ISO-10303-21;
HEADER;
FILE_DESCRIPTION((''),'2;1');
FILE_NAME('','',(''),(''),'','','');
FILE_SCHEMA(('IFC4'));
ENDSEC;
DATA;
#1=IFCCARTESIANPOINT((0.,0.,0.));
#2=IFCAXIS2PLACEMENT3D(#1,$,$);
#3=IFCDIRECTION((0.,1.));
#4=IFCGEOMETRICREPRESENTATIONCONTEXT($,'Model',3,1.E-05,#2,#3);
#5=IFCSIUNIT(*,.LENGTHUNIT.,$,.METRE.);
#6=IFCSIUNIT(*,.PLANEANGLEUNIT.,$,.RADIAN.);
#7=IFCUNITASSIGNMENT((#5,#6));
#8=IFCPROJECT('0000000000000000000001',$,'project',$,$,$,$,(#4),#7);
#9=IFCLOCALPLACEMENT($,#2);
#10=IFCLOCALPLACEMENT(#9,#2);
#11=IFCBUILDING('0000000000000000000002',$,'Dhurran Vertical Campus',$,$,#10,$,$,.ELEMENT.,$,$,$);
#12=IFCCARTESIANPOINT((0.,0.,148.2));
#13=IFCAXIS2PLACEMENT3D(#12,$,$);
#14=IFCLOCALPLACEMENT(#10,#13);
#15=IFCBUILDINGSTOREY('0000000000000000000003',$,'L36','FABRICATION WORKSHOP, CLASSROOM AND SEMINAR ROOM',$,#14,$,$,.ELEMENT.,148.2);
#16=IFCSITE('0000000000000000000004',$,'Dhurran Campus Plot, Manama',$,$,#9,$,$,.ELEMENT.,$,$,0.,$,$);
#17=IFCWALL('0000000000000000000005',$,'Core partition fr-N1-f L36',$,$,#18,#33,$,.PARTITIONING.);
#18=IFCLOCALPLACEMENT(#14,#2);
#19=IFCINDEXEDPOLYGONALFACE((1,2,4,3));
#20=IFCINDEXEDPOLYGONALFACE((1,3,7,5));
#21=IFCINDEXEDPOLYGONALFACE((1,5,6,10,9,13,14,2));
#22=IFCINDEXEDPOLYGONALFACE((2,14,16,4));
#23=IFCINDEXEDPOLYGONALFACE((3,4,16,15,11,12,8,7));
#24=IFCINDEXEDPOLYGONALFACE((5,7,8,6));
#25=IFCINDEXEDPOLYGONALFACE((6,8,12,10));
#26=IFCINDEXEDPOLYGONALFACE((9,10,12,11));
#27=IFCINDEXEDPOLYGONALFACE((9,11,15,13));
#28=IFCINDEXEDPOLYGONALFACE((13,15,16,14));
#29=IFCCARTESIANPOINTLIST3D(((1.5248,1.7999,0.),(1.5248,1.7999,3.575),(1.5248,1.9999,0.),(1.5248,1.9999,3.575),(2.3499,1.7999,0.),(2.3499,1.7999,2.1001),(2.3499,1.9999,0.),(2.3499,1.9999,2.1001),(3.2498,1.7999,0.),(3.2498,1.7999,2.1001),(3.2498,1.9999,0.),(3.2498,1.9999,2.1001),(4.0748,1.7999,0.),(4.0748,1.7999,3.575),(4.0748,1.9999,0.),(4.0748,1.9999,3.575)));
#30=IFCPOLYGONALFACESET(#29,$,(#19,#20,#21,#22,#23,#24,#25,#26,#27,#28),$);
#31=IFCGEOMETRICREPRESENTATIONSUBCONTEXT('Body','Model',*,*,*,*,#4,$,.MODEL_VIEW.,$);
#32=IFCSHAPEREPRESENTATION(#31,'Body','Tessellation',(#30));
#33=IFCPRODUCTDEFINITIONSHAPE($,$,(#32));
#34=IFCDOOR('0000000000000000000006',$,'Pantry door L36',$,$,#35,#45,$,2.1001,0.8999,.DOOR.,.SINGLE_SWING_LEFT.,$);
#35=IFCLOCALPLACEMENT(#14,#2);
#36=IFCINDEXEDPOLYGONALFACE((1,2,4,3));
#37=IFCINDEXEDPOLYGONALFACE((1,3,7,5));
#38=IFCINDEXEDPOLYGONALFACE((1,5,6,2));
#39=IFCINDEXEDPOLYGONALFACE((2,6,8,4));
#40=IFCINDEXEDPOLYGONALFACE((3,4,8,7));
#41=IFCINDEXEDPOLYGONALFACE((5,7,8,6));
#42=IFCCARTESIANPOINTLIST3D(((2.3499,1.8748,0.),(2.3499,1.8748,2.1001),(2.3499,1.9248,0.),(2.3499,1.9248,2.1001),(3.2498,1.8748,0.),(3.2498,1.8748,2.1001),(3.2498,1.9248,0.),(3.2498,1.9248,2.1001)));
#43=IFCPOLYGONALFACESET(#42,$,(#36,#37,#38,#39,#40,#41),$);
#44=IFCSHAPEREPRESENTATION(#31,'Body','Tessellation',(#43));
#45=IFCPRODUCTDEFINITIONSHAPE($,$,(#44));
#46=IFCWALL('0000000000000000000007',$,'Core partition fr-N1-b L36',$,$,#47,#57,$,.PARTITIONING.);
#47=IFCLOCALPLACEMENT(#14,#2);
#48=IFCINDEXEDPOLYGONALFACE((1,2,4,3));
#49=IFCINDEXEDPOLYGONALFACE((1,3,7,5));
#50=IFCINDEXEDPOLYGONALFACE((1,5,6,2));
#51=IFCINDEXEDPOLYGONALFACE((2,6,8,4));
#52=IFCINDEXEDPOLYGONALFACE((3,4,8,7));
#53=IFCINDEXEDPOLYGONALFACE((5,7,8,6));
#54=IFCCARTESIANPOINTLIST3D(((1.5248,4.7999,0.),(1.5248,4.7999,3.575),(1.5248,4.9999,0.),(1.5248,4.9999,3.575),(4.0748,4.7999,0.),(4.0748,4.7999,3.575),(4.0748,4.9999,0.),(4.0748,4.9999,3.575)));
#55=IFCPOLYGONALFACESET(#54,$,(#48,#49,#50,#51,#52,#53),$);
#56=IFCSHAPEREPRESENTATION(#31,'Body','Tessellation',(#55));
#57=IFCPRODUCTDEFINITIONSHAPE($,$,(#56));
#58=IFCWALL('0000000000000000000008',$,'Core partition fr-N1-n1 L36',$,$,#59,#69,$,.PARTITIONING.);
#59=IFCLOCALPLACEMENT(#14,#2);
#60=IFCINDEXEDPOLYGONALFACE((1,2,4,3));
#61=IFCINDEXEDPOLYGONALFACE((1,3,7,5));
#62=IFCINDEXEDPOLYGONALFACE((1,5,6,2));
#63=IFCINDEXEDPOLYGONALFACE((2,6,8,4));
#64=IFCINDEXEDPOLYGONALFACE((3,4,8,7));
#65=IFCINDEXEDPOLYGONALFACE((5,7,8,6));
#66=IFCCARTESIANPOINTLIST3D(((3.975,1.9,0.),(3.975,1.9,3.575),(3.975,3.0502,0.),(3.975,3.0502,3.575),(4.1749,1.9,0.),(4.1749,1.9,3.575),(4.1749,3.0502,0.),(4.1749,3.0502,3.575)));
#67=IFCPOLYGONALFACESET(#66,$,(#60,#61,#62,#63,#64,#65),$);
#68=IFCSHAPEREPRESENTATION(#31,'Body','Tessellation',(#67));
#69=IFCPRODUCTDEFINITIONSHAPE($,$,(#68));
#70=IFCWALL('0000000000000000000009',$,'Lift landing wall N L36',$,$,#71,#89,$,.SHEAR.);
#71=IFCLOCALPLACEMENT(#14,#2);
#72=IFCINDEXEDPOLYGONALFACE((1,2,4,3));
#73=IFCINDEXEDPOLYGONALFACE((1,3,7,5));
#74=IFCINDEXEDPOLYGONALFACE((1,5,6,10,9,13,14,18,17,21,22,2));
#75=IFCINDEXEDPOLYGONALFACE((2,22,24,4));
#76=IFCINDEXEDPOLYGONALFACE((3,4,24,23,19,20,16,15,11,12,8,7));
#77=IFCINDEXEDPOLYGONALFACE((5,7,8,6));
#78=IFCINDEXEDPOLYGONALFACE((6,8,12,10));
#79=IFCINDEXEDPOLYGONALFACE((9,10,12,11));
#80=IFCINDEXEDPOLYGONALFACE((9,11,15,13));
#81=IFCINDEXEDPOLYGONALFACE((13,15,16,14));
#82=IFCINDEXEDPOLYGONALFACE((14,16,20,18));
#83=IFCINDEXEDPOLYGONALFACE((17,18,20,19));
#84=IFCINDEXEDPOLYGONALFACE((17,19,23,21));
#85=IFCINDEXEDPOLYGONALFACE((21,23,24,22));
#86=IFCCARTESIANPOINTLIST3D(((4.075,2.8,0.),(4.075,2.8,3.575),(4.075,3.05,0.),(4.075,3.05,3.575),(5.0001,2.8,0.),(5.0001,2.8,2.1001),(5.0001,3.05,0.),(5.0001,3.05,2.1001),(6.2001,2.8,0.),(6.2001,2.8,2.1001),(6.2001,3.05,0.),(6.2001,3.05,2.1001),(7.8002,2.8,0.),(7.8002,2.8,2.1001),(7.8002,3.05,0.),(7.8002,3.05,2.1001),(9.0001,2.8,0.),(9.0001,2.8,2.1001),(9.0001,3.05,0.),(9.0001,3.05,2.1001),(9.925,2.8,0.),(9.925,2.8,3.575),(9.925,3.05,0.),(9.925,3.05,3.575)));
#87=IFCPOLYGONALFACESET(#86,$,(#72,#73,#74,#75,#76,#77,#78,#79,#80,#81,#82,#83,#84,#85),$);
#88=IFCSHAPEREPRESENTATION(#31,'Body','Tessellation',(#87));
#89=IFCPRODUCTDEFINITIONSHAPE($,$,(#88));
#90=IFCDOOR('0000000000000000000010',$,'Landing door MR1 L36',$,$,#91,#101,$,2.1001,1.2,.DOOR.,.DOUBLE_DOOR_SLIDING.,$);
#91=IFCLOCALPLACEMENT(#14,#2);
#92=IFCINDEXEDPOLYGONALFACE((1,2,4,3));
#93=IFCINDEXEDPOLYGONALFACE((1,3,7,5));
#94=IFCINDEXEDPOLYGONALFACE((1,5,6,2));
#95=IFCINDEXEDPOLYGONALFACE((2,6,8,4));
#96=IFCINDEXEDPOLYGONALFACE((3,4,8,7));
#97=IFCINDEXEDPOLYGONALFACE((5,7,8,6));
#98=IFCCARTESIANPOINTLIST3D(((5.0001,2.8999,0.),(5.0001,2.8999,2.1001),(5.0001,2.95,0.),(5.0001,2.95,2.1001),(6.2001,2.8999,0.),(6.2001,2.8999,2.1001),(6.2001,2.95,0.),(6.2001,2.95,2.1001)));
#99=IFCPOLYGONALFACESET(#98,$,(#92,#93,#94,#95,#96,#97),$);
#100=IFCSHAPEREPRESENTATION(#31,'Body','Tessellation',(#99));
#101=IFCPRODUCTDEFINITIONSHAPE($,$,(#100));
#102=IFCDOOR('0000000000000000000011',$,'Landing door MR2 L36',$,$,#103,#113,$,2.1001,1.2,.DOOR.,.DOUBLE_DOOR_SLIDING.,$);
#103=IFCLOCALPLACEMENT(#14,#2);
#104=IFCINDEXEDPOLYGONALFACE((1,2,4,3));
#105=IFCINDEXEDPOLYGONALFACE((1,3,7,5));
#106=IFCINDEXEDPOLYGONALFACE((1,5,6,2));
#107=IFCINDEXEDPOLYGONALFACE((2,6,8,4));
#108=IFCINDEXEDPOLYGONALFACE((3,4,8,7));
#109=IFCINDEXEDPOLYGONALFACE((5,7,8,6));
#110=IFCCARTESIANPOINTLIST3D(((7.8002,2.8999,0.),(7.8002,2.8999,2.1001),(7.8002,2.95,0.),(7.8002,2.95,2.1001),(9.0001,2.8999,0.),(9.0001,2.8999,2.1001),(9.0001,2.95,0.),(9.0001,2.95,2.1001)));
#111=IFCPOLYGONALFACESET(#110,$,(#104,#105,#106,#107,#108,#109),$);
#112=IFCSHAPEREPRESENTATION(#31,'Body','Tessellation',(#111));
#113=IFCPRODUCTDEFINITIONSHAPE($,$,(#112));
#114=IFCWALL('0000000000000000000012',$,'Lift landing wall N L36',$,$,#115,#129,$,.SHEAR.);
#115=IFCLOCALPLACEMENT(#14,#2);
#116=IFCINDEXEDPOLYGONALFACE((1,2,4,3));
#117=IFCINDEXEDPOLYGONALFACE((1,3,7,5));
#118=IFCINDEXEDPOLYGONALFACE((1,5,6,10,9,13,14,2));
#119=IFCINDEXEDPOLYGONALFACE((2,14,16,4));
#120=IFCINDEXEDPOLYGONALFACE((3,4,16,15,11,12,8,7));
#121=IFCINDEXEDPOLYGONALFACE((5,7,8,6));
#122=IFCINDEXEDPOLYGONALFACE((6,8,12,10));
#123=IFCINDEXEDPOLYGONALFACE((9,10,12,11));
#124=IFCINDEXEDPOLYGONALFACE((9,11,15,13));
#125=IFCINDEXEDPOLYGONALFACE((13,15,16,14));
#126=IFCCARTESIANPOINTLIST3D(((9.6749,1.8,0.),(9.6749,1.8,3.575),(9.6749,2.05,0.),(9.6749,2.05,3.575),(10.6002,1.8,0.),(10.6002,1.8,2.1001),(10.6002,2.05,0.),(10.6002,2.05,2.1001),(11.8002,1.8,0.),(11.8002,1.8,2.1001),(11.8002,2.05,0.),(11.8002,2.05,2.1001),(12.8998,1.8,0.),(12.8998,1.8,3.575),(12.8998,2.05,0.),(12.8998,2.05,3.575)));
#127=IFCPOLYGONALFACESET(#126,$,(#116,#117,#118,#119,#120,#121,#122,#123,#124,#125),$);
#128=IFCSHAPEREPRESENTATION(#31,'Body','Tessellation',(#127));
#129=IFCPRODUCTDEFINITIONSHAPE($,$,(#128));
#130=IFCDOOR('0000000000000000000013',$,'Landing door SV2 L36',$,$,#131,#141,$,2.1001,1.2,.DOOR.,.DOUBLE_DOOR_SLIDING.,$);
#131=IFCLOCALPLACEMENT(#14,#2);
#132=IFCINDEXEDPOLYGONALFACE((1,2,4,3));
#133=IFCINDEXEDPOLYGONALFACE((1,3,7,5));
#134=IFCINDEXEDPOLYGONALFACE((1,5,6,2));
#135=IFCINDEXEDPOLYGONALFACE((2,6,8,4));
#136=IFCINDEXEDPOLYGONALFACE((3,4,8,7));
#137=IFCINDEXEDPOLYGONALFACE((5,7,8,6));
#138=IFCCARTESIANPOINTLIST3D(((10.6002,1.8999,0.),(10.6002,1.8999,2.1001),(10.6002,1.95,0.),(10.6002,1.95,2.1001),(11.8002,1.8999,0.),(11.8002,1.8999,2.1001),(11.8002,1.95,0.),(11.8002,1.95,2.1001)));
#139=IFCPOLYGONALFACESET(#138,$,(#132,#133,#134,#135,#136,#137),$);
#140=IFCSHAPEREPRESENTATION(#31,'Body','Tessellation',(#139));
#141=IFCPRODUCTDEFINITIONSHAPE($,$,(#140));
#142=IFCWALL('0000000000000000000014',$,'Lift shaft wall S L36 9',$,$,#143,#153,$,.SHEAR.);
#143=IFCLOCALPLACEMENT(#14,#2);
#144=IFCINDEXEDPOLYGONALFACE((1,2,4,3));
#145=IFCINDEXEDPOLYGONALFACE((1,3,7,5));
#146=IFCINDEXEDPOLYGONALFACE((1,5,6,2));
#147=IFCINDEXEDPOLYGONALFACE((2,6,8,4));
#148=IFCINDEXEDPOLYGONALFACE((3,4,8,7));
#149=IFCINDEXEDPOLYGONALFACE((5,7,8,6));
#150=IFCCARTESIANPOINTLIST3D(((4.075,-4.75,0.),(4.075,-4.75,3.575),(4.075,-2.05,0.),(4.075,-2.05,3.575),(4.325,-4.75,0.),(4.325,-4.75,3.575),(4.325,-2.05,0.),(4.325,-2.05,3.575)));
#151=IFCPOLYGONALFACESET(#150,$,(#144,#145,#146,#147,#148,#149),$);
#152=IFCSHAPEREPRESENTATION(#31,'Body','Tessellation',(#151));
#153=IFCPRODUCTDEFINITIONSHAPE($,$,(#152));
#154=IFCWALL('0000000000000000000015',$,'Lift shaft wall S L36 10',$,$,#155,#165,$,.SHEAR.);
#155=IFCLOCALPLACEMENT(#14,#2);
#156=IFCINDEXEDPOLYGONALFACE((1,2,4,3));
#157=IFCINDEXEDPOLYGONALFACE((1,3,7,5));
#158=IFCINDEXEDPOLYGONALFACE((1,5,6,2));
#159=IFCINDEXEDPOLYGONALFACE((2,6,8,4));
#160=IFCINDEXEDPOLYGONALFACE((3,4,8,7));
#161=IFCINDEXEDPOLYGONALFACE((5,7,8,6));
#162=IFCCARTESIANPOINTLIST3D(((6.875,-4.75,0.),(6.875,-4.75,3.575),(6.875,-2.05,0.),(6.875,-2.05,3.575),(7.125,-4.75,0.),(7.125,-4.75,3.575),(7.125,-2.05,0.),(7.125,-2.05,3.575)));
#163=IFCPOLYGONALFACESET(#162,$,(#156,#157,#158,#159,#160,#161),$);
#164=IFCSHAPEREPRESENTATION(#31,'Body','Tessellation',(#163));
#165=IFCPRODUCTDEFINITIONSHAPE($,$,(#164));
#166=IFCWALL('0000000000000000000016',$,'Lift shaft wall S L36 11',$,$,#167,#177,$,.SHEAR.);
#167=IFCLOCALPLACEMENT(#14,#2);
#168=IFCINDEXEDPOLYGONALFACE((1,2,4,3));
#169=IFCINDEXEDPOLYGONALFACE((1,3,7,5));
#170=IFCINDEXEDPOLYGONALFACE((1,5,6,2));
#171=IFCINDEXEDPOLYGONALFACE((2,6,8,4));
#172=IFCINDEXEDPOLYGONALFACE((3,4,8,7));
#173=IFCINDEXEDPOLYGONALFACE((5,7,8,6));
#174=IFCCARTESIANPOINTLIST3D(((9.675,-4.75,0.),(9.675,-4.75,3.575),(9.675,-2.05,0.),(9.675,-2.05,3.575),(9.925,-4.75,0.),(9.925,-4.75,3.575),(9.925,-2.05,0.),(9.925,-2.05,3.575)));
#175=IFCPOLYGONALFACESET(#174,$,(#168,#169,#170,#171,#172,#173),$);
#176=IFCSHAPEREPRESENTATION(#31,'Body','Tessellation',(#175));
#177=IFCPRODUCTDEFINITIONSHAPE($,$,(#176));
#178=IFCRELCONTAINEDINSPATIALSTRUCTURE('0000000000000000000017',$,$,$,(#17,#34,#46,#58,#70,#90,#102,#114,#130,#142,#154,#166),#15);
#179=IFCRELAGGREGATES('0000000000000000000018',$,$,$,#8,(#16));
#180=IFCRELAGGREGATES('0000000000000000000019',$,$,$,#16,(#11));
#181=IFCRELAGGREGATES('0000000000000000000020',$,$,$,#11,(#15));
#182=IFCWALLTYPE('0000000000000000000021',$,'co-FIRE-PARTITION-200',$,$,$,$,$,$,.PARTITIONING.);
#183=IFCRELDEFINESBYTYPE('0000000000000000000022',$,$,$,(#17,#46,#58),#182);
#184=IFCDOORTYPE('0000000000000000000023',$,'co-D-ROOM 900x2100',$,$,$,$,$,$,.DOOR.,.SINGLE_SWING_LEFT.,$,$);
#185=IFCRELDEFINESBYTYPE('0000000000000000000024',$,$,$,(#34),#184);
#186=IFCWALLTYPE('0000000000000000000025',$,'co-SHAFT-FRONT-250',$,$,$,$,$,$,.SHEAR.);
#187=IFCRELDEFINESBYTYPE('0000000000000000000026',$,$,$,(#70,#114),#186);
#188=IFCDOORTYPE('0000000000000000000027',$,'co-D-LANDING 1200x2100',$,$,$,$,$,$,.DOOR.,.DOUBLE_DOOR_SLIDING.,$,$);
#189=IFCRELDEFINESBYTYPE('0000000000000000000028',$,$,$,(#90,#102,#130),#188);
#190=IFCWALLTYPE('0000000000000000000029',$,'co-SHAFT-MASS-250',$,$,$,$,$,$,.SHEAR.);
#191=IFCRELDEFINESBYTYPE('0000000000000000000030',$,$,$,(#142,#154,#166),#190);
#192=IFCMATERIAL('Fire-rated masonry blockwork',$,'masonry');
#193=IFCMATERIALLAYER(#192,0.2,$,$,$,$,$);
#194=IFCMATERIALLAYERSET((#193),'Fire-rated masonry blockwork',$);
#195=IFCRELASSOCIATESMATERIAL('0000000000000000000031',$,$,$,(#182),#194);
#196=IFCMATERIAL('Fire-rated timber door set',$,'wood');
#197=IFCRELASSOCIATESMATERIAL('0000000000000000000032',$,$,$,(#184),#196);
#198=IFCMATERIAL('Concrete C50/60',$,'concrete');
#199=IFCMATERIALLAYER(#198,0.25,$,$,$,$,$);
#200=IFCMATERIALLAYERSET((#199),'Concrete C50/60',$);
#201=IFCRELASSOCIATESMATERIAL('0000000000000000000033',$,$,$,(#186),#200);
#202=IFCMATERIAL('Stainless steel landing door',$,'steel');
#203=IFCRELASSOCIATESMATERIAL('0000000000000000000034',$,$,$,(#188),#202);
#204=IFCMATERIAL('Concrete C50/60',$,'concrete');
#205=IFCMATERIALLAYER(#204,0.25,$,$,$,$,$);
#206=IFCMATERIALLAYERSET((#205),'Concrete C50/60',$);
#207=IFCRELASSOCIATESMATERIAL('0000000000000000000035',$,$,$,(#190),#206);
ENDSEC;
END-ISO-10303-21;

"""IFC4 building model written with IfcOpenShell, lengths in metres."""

from ifc_helpers import new_model, si_unit, direction, frame, frame_2d, origin, place, context, subcontext, project, spatial, polyline, rectangle, outline, extrude, material, layer, layer_set, type_object, element, fill, save


model = new_model("IFC4")

# Units and contexts
model_context = context("Model", 3, precision=1e-05, world=origin(), true_north=direction((0.0, 1.0)))
body_context = subcontext(model_context, "Body", "Model", "MODEL_VIEW")
ifc_project = project(units=[si_unit("LENGTHUNIT", "METRE"), si_unit("PLANEANGLEUNIT", "RADIAN")], contexts=[model_context])

# Site, building, storey
site_placement = place(None, origin())
site = spatial("IfcSite", under=ifc_project, at=site_placement, Name="Dhurran Campus Plot, Manama", CompositionType="ELEMENT", RefElevation=0.0)
building_placement = place(site_placement, origin())
building = spatial("IfcBuilding", under=site, at=building_placement, Name="Dhurran Vertical Campus", CompositionType="ELEMENT")
storey_placement = place(building_placement, frame((0.0, 0.0, 148.2)))
storey = spatial("IfcBuildingStorey", under=building, at=storey_placement, Name="L36", Description="FABRICATION WORKSHOP, CLASSROOM AND SEMINAR ROOM", CompositionType="ELEMENT", Elevation=148.2)

# Shared definitions
ifc_material_1 = material(Name="Fire-rated masonry blockwork", Category="masonry")
ifc_layer_1 = layer(ifc_material_1, 0.2)
ifc_layer_set_1 = layer_set([ifc_layer_1], Name="Fire-rated masonry blockwork")
wall_type_1 = type_object("IfcWallType", Name="co-FIRE-PARTITION-200", PredefinedType="PARTITIONING", material=ifc_layer_set_1)

# Shared definitions
ifc_material_2 = material(Name="Fire-rated timber door set", Category="wood")
door_type_1 = type_object("IfcDoorType", Name="co-D-ROOM 900x2100", OperationType="SINGLE_SWING_LEFT", PredefinedType="DOOR", material=ifc_material_2)

# Wall, opening, door
wall_1_placement = place(storey_placement, frame((1.5249, 1.8999, 0.0), z_axis=(0.0, 0.0, 1.0), x_axis=(1.0, 0.0, 0.0)))
wall_1 = element("IfcWall", 1, at=wall_1_placement, inside=storey, type_object=wall_type_1, Name="Core partition fr-N1-f L36", PredefinedType="PARTITIONING", context=body_context, shape_type="SweptSolid", body=[
    extrude(rectangle(XDim=2.55, YDim=0.2, at=frame_2d((1.2749, 0.0))), origin(), (0.0, 0.0, 1.0), 3.575),
])
opening_1_placement = place(wall_1_placement, frame((0.825, 0.0, 0.0)))
opening_1 = element("IfcOpeningElement", 2, at=opening_1_placement, cuts=wall_1, PredefinedType="OPENING", context=body_context, shape_type="SweptSolid", body=[
    extrude(rectangle(XDim=0.8999, YDim=2.1001, at=frame_2d((0.45, 1.05))), frame((0.0, 0.1099, 0.0), z_axis=(0.0, -1.0, 0.0), x_axis=(1.0, 0.0, 0.0)), (0.0, 0.0, 1.0), 0.22),
])
door_1_placement = place(opening_1_placement, origin())
door_1 = element("IfcDoor", 3, at=door_1_placement, inside=storey, type_object=door_type_1, Name="Pantry door L36", OperationType="SINGLE_SWING_LEFT", OverallHeight=2.1001, OverallWidth=0.8999, PredefinedType="DOOR", context=body_context, shape_type="SweptSolid", body=[
    extrude(rectangle(XDim=0.8999, YDim=2.1001, at=frame_2d((0.45, 1.05))), frame((0.0, 0.0249, 0.0), z_axis=(0.0, -1.0, 0.0), x_axis=(1.0, 0.0, 0.0)), (0.0, 0.0, 1.0), 0.05),
])
fill(opening_1, door_1)

# Walls
wall_2_placement = place(storey_placement, frame((1.5249, 4.8999, 0.0), z_axis=(0.0, 0.0, 1.0), x_axis=(1.0, 0.0, 0.0)))
element("IfcWall", 4, at=wall_2_placement, inside=storey, type_object=wall_type_1, Name="Core partition fr-N1-b L36", PredefinedType="PARTITIONING", context=body_context, shape_type="SweptSolid", body=[
    extrude(rectangle(XDim=2.55, YDim=0.2, at=frame_2d((1.2749, 0.0))), origin(), (0.0, 0.0, 1.0), 3.575),
])
wall_3_placement = place(storey_placement, frame((4.075, 1.8999, 0.0), z_axis=(0.0, 0.0, 1.0), x_axis=(0.0, 1.0, 0.0)))
element("IfcWall", 5, at=wall_3_placement, inside=storey, type_object=wall_type_1, Name="Core partition fr-N1-n1 L36", PredefinedType="PARTITIONING", context=body_context, shape_type="SweptSolid", body=[
    extrude(rectangle(XDim=1.1501, YDim=0.2, at=frame_2d((0.5752, 0.0))), origin(), (0.0, 0.0, 1.0), 3.575),
])

# Wall, openings, doors
ifc_material_3 = material(Name="Concrete C50/60", Category="concrete")
ifc_layer_2 = layer(ifc_material_3, 0.25)
ifc_layer_set_2 = layer_set([ifc_layer_2], Name="Concrete C50/60")
wall_type_2 = type_object("IfcWallType", Name="co-SHAFT-FRONT-250", PredefinedType="SHEAR", material=ifc_layer_set_2)
wall_4_placement = place(storey_placement, frame((4.075, 2.925, 0.0), z_axis=(0.0, 0.0, 1.0), x_axis=(1.0, 0.0, 0.0)))
wall_4 = element("IfcWall", 6, at=wall_4_placement, inside=storey, type_object=wall_type_2, Name="Lift landing wall N L36", PredefinedType="SHEAR", context=body_context, shape_type="SweptSolid", body=[
    extrude(rectangle(XDim=5.8501, YDim=0.25, at=frame_2d((2.925, 0.0))), origin(), (0.0, 0.0, 1.0), 3.575),
])
opening_2_placement = place(wall_4_placement, frame((0.925, 0.0, 0.0)))
opening_2 = element("IfcOpeningElement", 7, at=opening_2_placement, cuts=wall_4, PredefinedType="OPENING", context=body_context, shape_type="SweptSolid", body=[
    extrude(rectangle(XDim=1.2, YDim=2.1001, at=frame_2d((0.6001, 1.05))), frame((0.0, 0.135, 0.0), z_axis=(0.0, -1.0, 0.0), x_axis=(1.0, 0.0, 0.0)), (0.0, 0.0, 1.0), 0.27),
])
opening_3_placement = place(wall_4_placement, frame((3.7251, 0.0, 0.0)))
opening_3 = element("IfcOpeningElement", 8, at=opening_3_placement, cuts=wall_4, PredefinedType="OPENING", context=body_context, shape_type="SweptSolid", body=[
    extrude(rectangle(XDim=1.2, YDim=2.1001, at=frame_2d((0.6001, 1.05))), frame((0.0, 0.135, 0.0), z_axis=(0.0, -1.0, 0.0), x_axis=(1.0, 0.0, 0.0)), (0.0, 0.0, 1.0), 0.27),
])
ifc_material_4 = material(Name="Stainless steel landing door", Category="steel")
door_type_2 = type_object("IfcDoorType", Name="co-D-LANDING 1200x2100", OperationType="DOUBLE_DOOR_SLIDING", PredefinedType="DOOR", material=ifc_material_4)
door_2_placement = place(opening_2_placement, origin())
door_2 = element("IfcDoor", 9, at=door_2_placement, inside=storey, type_object=door_type_2, Name="Landing door MR1 L36", OperationType="DOUBLE_DOOR_SLIDING", OverallHeight=2.1001, OverallWidth=1.2, PredefinedType="DOOR", context=body_context, shape_type="SweptSolid", body=[
    extrude(rectangle(XDim=1.2, YDim=2.1001, at=frame_2d((0.6001, 1.05))), frame((0.0, 0.0249, 0.0), z_axis=(0.0, -1.0, 0.0), x_axis=(1.0, 0.0, 0.0)), (0.0, 0.0, 1.0), 0.05),
])
fill(opening_2, door_2)
door_3_placement = place(opening_3_placement, origin())
door_3 = element("IfcDoor", 10, at=door_3_placement, inside=storey, type_object=door_type_2, Name="Landing door MR2 L36", OperationType="DOUBLE_DOOR_SLIDING", OverallHeight=2.1001, OverallWidth=1.2, PredefinedType="DOOR", context=body_context, shape_type="SweptSolid", body=[
    extrude(rectangle(XDim=1.2, YDim=2.1001, at=frame_2d((0.6001, 1.05))), frame((0.0, 0.0249, 0.0), z_axis=(0.0, -1.0, 0.0), x_axis=(1.0, 0.0, 0.0)), (0.0, 0.0, 1.0), 0.05),
])
fill(opening_3, door_3)

# Wall, opening, door
wall_5_placement = place(storey_placement, frame((9.675, 1.925, 0.0), z_axis=(0.0, 0.0, 1.0), x_axis=(1.0, 0.0, 0.0)))
wall_5 = element("IfcWall", 11, at=wall_5_placement, inside=storey, type_object=wall_type_2, Name="Lift landing wall N L36", PredefinedType="SHEAR", context=body_context, shape_type="SweptSolid", body=[
    extrude(rectangle(XDim=3.2249, YDim=0.25, at=frame_2d((1.6123, 0.0))), origin(), (0.0, 0.0, 1.0), 3.575),
])
opening_4_placement = place(wall_5_placement, frame((0.925, 0.0, 0.0)))
opening_4 = element("IfcOpeningElement", 12, at=opening_4_placement, cuts=wall_5, PredefinedType="OPENING", context=body_context, shape_type="SweptSolid", body=[
    extrude(rectangle(XDim=1.2, YDim=2.1001, at=frame_2d((0.6001, 1.05))), frame((0.0, 0.135, 0.0), z_axis=(0.0, -1.0, 0.0), x_axis=(1.0, 0.0, 0.0)), (0.0, 0.0, 1.0), 0.27),
])
door_4_placement = place(opening_4_placement, origin())
door_4 = element("IfcDoor", 13, at=door_4_placement, inside=storey, type_object=door_type_2, Name="Landing door SV2 L36", OperationType="DOUBLE_DOOR_SLIDING", OverallHeight=2.1001, OverallWidth=1.2, PredefinedType="DOOR", context=body_context, shape_type="SweptSolid", body=[
    extrude(rectangle(XDim=1.2, YDim=2.1001, at=frame_2d((0.6001, 1.05))), frame((0.0, 0.0249, 0.0), z_axis=(0.0, -1.0, 0.0), x_axis=(1.0, 0.0, 0.0)), (0.0, 0.0, 1.0), 0.05),
])
fill(opening_4, door_4)

# Walls
ifc_material_5 = material(Name="Concrete C50/60", Category="concrete")
ifc_layer_3 = layer(ifc_material_5, 0.25)
ifc_layer_set_3 = layer_set([ifc_layer_3], Name="Concrete C50/60")
wall_type_3 = type_object("IfcWallType", Name="co-SHAFT-MASS-250", PredefinedType="SHEAR", material=ifc_layer_set_3)
wall_6_placement = place(storey_placement, origin())
element("IfcWall", 14, at=wall_6_placement, inside=storey, type_object=wall_type_3, Name="Lift shaft wall S L36 9", PredefinedType="SHEAR", context=body_context, shape_type="SweptSolid", body=[
    extrude(outline(polyline([(4.075, -4.75), (4.325, -4.75), (4.325, -2.05), (4.075, -2.05), (4.075, -4.75)])), origin(), (0.0, 0.0, 1.0), 3.575),
])
wall_7_placement = place(storey_placement, origin())
element("IfcWall", 15, at=wall_7_placement, inside=storey, type_object=wall_type_3, Name="Lift shaft wall S L36 10", PredefinedType="SHEAR", context=body_context, shape_type="SweptSolid", body=[
    extrude(outline(polyline([(6.875, -4.75), (7.125, -4.75), (7.125, -2.05), (6.875, -2.05), (6.875, -4.75)])), origin(), (0.0, 0.0, 1.0), 3.575),
])
wall_8_placement = place(storey_placement, origin())
element("IfcWall", 16, at=wall_8_placement, inside=storey, type_object=wall_type_3, Name="Lift shaft wall S L36 11", PredefinedType="SHEAR", context=body_context, shape_type="SweptSolid", body=[
    extrude(outline(polyline([(9.675, -4.75), (9.925, -4.75), (9.925, -2.05), (9.675, -2.05), (9.675, -4.75)])), origin(), (0.0, 0.0, 1.0), 3.575),
])

save(model, "model.ifc")
